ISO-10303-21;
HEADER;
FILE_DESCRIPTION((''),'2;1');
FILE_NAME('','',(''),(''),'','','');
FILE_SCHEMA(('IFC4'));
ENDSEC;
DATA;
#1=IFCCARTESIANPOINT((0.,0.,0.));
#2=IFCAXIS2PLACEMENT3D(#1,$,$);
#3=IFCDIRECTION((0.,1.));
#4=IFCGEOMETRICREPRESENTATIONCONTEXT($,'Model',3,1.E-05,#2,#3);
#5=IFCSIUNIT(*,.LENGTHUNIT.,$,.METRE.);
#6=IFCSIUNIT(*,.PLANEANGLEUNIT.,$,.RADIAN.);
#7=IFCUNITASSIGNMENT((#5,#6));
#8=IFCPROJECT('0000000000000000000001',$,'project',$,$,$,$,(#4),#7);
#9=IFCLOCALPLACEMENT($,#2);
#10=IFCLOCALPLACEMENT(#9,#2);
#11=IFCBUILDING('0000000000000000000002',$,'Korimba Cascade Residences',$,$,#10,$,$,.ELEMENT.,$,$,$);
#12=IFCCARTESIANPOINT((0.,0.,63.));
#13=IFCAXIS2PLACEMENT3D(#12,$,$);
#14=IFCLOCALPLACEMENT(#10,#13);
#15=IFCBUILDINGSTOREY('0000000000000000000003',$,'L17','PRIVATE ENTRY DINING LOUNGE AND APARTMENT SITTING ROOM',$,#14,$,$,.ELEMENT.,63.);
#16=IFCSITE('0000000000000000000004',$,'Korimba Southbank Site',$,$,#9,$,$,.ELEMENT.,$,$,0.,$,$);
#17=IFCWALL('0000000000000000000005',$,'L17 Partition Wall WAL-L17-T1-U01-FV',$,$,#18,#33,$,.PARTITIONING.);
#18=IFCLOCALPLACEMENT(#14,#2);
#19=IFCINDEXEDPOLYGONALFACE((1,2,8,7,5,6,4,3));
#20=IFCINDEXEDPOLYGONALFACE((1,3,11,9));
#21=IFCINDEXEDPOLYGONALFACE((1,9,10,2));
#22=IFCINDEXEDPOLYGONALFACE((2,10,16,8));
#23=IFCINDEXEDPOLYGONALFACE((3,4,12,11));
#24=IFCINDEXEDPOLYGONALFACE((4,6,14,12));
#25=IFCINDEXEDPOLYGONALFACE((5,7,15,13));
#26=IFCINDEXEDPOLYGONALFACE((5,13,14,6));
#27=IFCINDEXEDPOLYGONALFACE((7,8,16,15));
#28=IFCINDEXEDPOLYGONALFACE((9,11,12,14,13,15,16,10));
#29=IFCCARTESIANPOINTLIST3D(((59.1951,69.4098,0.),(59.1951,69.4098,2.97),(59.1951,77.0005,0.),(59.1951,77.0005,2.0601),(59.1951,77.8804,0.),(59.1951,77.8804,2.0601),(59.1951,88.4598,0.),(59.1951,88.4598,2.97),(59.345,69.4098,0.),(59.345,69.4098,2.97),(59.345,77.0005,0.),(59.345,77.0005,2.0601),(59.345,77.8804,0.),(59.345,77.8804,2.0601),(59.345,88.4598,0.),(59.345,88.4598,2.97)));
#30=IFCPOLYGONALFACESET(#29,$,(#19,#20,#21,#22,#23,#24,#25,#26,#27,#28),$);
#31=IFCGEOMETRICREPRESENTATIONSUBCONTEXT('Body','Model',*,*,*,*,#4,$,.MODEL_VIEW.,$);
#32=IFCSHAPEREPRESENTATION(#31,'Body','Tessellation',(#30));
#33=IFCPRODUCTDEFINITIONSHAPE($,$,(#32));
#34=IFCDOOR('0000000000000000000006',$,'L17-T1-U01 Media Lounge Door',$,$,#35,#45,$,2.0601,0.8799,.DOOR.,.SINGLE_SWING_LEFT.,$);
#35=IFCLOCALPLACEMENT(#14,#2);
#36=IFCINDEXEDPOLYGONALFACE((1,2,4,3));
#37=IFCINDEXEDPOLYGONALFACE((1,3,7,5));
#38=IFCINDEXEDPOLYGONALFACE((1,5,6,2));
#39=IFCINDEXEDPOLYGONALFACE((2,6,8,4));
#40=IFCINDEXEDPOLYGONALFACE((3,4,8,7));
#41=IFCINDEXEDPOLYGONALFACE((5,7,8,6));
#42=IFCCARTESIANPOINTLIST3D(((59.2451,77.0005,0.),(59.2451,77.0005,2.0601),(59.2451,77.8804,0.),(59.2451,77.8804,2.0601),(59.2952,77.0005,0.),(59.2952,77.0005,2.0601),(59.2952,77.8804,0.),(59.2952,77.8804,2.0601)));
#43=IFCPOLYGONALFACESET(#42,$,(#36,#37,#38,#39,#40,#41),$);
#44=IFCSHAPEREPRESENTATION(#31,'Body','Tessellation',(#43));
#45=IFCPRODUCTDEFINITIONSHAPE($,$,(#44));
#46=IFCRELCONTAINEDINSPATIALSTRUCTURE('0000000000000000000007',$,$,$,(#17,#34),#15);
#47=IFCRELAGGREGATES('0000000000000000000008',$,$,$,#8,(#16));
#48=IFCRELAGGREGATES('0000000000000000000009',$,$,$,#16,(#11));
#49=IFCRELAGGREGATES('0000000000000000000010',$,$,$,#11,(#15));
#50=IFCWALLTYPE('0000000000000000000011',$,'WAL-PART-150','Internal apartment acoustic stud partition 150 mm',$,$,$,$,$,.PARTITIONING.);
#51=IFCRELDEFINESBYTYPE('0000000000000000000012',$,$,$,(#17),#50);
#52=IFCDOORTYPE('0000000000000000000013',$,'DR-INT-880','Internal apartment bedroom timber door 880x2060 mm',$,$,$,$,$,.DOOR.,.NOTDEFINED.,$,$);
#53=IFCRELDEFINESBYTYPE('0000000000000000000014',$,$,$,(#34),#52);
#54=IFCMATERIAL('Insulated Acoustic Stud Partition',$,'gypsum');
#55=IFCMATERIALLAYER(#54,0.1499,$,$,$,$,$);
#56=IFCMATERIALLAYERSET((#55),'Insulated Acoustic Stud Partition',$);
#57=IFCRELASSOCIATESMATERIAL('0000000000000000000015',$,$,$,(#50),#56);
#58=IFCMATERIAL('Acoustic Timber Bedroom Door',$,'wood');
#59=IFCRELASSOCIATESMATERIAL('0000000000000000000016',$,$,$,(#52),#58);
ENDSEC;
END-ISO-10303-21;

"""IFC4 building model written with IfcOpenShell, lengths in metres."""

from ifc_helpers import new_model, si_unit, direction, frame, frame_2d, origin, place, context, subcontext, project, spatial, rectangle, extrude, material, layer, layer_set, type_object, element, fill, save


model = new_model("IFC4")

# Units and contexts
model_context = context("Model", 3, precision=1e-05, world=origin(), true_north=direction((0.0, 1.0)))
body_context = subcontext(model_context, "Body", "Model", "MODEL_VIEW")
ifc_project = project(units=[si_unit("LENGTHUNIT", "METRE"), si_unit("PLANEANGLEUNIT", "RADIAN")], contexts=[model_context])

# Site, building, storey
site_placement = place(None, origin())
site = spatial("IfcSite", under=ifc_project, at=site_placement, Name="Korimba Southbank Site", CompositionType="ELEMENT", RefElevation=0.0)
building_placement = place(site_placement, origin())
building = spatial("IfcBuilding", under=site, at=building_placement, Name="Korimba Cascade Residences", CompositionType="ELEMENT")
storey_placement = place(building_placement, frame((0.0, 0.0, 63.0)))
storey = spatial("IfcBuildingStorey", under=building, at=storey_placement, Name="L17", Description="PRIVATE ENTRY DINING LOUNGE AND APARTMENT SITTING ROOM", CompositionType="ELEMENT", Elevation=63.0)

# Wall, opening, door
ifc_material_1 = material(Name="Insulated Acoustic Stud Partition", Category="gypsum")
ifc_layer_1 = layer(ifc_material_1, 0.1499)
ifc_layer_set_1 = layer_set([ifc_layer_1], Name="Insulated Acoustic Stud Partition")
wall_type_1 = type_object("IfcWallType", Name="WAL-PART-150", Description="Internal apartment acoustic stud partition 150 mm", PredefinedType="PARTITIONING", material=ifc_layer_set_1)
wall_1_placement = place(storey_placement, frame((59.27, 69.4099, 0.0), z_axis=(0.0, 0.0, 1.0), x_axis=(0.0, 1.0, 0.0)))
wall_1 = element("IfcWall", 1, at=wall_1_placement, inside=storey, type_object=wall_type_1, Name="L17 Partition Wall WAL-L17-T1-U01-FV", PredefinedType="PARTITIONING", context=body_context, shape_type="SweptSolid", body=[
    extrude(rectangle(XDim=19.05, YDim=0.1499, at=frame_2d((9.5249, 0.0))), origin(), (0.0, 0.0, 1.0), 2.97),
])
opening_1_placement = place(wall_1_placement, frame((7.5906, 0.0, 0.0)))
opening_1 = element("IfcOpeningElement", 2, at=opening_1_placement, cuts=wall_1, PredefinedType="OPENING", context=body_context, shape_type="SweptSolid", body=[
    extrude(rectangle(XDim=0.8799, YDim=2.0601, at=frame_2d((0.4399, 1.03))), frame((0.0, 0.085, 0.0), z_axis=(0.0, -1.0, 0.0), x_axis=(1.0, 0.0, 0.0)), (0.0, 0.0, 1.0), 0.1699),
])
ifc_material_2 = material(Name="Acoustic Timber Bedroom Door", Category="wood")
door_type_1 = type_object("IfcDoorType", Name="DR-INT-880", Description="Internal apartment bedroom timber door 880x2060 mm", OperationType="NOTDEFINED", PredefinedType="DOOR", material=ifc_material_2)
door_1_placement = place(opening_1_placement, origin())
door_1 = element("IfcDoor", 3, at=door_1_placement, inside=storey, type_object=door_type_1, Name="L17-T1-U01 Media Lounge Door", OperationType="SINGLE_SWING_LEFT", OverallHeight=2.0601, OverallWidth=0.8799, PredefinedType="DOOR", context=body_context, shape_type="SweptSolid", body=[
    extrude(rectangle(XDim=0.8799, YDim=2.0601, at=frame_2d((0.4399, 1.03))), frame((0.0, 0.0249, 0.0), z_axis=(0.0, -1.0, 0.0), x_axis=(1.0, 0.0, 0.0)), (0.0, 0.0, 1.0), 0.05),
])
fill(opening_1, door_1)

save(model, "model.ifc")
